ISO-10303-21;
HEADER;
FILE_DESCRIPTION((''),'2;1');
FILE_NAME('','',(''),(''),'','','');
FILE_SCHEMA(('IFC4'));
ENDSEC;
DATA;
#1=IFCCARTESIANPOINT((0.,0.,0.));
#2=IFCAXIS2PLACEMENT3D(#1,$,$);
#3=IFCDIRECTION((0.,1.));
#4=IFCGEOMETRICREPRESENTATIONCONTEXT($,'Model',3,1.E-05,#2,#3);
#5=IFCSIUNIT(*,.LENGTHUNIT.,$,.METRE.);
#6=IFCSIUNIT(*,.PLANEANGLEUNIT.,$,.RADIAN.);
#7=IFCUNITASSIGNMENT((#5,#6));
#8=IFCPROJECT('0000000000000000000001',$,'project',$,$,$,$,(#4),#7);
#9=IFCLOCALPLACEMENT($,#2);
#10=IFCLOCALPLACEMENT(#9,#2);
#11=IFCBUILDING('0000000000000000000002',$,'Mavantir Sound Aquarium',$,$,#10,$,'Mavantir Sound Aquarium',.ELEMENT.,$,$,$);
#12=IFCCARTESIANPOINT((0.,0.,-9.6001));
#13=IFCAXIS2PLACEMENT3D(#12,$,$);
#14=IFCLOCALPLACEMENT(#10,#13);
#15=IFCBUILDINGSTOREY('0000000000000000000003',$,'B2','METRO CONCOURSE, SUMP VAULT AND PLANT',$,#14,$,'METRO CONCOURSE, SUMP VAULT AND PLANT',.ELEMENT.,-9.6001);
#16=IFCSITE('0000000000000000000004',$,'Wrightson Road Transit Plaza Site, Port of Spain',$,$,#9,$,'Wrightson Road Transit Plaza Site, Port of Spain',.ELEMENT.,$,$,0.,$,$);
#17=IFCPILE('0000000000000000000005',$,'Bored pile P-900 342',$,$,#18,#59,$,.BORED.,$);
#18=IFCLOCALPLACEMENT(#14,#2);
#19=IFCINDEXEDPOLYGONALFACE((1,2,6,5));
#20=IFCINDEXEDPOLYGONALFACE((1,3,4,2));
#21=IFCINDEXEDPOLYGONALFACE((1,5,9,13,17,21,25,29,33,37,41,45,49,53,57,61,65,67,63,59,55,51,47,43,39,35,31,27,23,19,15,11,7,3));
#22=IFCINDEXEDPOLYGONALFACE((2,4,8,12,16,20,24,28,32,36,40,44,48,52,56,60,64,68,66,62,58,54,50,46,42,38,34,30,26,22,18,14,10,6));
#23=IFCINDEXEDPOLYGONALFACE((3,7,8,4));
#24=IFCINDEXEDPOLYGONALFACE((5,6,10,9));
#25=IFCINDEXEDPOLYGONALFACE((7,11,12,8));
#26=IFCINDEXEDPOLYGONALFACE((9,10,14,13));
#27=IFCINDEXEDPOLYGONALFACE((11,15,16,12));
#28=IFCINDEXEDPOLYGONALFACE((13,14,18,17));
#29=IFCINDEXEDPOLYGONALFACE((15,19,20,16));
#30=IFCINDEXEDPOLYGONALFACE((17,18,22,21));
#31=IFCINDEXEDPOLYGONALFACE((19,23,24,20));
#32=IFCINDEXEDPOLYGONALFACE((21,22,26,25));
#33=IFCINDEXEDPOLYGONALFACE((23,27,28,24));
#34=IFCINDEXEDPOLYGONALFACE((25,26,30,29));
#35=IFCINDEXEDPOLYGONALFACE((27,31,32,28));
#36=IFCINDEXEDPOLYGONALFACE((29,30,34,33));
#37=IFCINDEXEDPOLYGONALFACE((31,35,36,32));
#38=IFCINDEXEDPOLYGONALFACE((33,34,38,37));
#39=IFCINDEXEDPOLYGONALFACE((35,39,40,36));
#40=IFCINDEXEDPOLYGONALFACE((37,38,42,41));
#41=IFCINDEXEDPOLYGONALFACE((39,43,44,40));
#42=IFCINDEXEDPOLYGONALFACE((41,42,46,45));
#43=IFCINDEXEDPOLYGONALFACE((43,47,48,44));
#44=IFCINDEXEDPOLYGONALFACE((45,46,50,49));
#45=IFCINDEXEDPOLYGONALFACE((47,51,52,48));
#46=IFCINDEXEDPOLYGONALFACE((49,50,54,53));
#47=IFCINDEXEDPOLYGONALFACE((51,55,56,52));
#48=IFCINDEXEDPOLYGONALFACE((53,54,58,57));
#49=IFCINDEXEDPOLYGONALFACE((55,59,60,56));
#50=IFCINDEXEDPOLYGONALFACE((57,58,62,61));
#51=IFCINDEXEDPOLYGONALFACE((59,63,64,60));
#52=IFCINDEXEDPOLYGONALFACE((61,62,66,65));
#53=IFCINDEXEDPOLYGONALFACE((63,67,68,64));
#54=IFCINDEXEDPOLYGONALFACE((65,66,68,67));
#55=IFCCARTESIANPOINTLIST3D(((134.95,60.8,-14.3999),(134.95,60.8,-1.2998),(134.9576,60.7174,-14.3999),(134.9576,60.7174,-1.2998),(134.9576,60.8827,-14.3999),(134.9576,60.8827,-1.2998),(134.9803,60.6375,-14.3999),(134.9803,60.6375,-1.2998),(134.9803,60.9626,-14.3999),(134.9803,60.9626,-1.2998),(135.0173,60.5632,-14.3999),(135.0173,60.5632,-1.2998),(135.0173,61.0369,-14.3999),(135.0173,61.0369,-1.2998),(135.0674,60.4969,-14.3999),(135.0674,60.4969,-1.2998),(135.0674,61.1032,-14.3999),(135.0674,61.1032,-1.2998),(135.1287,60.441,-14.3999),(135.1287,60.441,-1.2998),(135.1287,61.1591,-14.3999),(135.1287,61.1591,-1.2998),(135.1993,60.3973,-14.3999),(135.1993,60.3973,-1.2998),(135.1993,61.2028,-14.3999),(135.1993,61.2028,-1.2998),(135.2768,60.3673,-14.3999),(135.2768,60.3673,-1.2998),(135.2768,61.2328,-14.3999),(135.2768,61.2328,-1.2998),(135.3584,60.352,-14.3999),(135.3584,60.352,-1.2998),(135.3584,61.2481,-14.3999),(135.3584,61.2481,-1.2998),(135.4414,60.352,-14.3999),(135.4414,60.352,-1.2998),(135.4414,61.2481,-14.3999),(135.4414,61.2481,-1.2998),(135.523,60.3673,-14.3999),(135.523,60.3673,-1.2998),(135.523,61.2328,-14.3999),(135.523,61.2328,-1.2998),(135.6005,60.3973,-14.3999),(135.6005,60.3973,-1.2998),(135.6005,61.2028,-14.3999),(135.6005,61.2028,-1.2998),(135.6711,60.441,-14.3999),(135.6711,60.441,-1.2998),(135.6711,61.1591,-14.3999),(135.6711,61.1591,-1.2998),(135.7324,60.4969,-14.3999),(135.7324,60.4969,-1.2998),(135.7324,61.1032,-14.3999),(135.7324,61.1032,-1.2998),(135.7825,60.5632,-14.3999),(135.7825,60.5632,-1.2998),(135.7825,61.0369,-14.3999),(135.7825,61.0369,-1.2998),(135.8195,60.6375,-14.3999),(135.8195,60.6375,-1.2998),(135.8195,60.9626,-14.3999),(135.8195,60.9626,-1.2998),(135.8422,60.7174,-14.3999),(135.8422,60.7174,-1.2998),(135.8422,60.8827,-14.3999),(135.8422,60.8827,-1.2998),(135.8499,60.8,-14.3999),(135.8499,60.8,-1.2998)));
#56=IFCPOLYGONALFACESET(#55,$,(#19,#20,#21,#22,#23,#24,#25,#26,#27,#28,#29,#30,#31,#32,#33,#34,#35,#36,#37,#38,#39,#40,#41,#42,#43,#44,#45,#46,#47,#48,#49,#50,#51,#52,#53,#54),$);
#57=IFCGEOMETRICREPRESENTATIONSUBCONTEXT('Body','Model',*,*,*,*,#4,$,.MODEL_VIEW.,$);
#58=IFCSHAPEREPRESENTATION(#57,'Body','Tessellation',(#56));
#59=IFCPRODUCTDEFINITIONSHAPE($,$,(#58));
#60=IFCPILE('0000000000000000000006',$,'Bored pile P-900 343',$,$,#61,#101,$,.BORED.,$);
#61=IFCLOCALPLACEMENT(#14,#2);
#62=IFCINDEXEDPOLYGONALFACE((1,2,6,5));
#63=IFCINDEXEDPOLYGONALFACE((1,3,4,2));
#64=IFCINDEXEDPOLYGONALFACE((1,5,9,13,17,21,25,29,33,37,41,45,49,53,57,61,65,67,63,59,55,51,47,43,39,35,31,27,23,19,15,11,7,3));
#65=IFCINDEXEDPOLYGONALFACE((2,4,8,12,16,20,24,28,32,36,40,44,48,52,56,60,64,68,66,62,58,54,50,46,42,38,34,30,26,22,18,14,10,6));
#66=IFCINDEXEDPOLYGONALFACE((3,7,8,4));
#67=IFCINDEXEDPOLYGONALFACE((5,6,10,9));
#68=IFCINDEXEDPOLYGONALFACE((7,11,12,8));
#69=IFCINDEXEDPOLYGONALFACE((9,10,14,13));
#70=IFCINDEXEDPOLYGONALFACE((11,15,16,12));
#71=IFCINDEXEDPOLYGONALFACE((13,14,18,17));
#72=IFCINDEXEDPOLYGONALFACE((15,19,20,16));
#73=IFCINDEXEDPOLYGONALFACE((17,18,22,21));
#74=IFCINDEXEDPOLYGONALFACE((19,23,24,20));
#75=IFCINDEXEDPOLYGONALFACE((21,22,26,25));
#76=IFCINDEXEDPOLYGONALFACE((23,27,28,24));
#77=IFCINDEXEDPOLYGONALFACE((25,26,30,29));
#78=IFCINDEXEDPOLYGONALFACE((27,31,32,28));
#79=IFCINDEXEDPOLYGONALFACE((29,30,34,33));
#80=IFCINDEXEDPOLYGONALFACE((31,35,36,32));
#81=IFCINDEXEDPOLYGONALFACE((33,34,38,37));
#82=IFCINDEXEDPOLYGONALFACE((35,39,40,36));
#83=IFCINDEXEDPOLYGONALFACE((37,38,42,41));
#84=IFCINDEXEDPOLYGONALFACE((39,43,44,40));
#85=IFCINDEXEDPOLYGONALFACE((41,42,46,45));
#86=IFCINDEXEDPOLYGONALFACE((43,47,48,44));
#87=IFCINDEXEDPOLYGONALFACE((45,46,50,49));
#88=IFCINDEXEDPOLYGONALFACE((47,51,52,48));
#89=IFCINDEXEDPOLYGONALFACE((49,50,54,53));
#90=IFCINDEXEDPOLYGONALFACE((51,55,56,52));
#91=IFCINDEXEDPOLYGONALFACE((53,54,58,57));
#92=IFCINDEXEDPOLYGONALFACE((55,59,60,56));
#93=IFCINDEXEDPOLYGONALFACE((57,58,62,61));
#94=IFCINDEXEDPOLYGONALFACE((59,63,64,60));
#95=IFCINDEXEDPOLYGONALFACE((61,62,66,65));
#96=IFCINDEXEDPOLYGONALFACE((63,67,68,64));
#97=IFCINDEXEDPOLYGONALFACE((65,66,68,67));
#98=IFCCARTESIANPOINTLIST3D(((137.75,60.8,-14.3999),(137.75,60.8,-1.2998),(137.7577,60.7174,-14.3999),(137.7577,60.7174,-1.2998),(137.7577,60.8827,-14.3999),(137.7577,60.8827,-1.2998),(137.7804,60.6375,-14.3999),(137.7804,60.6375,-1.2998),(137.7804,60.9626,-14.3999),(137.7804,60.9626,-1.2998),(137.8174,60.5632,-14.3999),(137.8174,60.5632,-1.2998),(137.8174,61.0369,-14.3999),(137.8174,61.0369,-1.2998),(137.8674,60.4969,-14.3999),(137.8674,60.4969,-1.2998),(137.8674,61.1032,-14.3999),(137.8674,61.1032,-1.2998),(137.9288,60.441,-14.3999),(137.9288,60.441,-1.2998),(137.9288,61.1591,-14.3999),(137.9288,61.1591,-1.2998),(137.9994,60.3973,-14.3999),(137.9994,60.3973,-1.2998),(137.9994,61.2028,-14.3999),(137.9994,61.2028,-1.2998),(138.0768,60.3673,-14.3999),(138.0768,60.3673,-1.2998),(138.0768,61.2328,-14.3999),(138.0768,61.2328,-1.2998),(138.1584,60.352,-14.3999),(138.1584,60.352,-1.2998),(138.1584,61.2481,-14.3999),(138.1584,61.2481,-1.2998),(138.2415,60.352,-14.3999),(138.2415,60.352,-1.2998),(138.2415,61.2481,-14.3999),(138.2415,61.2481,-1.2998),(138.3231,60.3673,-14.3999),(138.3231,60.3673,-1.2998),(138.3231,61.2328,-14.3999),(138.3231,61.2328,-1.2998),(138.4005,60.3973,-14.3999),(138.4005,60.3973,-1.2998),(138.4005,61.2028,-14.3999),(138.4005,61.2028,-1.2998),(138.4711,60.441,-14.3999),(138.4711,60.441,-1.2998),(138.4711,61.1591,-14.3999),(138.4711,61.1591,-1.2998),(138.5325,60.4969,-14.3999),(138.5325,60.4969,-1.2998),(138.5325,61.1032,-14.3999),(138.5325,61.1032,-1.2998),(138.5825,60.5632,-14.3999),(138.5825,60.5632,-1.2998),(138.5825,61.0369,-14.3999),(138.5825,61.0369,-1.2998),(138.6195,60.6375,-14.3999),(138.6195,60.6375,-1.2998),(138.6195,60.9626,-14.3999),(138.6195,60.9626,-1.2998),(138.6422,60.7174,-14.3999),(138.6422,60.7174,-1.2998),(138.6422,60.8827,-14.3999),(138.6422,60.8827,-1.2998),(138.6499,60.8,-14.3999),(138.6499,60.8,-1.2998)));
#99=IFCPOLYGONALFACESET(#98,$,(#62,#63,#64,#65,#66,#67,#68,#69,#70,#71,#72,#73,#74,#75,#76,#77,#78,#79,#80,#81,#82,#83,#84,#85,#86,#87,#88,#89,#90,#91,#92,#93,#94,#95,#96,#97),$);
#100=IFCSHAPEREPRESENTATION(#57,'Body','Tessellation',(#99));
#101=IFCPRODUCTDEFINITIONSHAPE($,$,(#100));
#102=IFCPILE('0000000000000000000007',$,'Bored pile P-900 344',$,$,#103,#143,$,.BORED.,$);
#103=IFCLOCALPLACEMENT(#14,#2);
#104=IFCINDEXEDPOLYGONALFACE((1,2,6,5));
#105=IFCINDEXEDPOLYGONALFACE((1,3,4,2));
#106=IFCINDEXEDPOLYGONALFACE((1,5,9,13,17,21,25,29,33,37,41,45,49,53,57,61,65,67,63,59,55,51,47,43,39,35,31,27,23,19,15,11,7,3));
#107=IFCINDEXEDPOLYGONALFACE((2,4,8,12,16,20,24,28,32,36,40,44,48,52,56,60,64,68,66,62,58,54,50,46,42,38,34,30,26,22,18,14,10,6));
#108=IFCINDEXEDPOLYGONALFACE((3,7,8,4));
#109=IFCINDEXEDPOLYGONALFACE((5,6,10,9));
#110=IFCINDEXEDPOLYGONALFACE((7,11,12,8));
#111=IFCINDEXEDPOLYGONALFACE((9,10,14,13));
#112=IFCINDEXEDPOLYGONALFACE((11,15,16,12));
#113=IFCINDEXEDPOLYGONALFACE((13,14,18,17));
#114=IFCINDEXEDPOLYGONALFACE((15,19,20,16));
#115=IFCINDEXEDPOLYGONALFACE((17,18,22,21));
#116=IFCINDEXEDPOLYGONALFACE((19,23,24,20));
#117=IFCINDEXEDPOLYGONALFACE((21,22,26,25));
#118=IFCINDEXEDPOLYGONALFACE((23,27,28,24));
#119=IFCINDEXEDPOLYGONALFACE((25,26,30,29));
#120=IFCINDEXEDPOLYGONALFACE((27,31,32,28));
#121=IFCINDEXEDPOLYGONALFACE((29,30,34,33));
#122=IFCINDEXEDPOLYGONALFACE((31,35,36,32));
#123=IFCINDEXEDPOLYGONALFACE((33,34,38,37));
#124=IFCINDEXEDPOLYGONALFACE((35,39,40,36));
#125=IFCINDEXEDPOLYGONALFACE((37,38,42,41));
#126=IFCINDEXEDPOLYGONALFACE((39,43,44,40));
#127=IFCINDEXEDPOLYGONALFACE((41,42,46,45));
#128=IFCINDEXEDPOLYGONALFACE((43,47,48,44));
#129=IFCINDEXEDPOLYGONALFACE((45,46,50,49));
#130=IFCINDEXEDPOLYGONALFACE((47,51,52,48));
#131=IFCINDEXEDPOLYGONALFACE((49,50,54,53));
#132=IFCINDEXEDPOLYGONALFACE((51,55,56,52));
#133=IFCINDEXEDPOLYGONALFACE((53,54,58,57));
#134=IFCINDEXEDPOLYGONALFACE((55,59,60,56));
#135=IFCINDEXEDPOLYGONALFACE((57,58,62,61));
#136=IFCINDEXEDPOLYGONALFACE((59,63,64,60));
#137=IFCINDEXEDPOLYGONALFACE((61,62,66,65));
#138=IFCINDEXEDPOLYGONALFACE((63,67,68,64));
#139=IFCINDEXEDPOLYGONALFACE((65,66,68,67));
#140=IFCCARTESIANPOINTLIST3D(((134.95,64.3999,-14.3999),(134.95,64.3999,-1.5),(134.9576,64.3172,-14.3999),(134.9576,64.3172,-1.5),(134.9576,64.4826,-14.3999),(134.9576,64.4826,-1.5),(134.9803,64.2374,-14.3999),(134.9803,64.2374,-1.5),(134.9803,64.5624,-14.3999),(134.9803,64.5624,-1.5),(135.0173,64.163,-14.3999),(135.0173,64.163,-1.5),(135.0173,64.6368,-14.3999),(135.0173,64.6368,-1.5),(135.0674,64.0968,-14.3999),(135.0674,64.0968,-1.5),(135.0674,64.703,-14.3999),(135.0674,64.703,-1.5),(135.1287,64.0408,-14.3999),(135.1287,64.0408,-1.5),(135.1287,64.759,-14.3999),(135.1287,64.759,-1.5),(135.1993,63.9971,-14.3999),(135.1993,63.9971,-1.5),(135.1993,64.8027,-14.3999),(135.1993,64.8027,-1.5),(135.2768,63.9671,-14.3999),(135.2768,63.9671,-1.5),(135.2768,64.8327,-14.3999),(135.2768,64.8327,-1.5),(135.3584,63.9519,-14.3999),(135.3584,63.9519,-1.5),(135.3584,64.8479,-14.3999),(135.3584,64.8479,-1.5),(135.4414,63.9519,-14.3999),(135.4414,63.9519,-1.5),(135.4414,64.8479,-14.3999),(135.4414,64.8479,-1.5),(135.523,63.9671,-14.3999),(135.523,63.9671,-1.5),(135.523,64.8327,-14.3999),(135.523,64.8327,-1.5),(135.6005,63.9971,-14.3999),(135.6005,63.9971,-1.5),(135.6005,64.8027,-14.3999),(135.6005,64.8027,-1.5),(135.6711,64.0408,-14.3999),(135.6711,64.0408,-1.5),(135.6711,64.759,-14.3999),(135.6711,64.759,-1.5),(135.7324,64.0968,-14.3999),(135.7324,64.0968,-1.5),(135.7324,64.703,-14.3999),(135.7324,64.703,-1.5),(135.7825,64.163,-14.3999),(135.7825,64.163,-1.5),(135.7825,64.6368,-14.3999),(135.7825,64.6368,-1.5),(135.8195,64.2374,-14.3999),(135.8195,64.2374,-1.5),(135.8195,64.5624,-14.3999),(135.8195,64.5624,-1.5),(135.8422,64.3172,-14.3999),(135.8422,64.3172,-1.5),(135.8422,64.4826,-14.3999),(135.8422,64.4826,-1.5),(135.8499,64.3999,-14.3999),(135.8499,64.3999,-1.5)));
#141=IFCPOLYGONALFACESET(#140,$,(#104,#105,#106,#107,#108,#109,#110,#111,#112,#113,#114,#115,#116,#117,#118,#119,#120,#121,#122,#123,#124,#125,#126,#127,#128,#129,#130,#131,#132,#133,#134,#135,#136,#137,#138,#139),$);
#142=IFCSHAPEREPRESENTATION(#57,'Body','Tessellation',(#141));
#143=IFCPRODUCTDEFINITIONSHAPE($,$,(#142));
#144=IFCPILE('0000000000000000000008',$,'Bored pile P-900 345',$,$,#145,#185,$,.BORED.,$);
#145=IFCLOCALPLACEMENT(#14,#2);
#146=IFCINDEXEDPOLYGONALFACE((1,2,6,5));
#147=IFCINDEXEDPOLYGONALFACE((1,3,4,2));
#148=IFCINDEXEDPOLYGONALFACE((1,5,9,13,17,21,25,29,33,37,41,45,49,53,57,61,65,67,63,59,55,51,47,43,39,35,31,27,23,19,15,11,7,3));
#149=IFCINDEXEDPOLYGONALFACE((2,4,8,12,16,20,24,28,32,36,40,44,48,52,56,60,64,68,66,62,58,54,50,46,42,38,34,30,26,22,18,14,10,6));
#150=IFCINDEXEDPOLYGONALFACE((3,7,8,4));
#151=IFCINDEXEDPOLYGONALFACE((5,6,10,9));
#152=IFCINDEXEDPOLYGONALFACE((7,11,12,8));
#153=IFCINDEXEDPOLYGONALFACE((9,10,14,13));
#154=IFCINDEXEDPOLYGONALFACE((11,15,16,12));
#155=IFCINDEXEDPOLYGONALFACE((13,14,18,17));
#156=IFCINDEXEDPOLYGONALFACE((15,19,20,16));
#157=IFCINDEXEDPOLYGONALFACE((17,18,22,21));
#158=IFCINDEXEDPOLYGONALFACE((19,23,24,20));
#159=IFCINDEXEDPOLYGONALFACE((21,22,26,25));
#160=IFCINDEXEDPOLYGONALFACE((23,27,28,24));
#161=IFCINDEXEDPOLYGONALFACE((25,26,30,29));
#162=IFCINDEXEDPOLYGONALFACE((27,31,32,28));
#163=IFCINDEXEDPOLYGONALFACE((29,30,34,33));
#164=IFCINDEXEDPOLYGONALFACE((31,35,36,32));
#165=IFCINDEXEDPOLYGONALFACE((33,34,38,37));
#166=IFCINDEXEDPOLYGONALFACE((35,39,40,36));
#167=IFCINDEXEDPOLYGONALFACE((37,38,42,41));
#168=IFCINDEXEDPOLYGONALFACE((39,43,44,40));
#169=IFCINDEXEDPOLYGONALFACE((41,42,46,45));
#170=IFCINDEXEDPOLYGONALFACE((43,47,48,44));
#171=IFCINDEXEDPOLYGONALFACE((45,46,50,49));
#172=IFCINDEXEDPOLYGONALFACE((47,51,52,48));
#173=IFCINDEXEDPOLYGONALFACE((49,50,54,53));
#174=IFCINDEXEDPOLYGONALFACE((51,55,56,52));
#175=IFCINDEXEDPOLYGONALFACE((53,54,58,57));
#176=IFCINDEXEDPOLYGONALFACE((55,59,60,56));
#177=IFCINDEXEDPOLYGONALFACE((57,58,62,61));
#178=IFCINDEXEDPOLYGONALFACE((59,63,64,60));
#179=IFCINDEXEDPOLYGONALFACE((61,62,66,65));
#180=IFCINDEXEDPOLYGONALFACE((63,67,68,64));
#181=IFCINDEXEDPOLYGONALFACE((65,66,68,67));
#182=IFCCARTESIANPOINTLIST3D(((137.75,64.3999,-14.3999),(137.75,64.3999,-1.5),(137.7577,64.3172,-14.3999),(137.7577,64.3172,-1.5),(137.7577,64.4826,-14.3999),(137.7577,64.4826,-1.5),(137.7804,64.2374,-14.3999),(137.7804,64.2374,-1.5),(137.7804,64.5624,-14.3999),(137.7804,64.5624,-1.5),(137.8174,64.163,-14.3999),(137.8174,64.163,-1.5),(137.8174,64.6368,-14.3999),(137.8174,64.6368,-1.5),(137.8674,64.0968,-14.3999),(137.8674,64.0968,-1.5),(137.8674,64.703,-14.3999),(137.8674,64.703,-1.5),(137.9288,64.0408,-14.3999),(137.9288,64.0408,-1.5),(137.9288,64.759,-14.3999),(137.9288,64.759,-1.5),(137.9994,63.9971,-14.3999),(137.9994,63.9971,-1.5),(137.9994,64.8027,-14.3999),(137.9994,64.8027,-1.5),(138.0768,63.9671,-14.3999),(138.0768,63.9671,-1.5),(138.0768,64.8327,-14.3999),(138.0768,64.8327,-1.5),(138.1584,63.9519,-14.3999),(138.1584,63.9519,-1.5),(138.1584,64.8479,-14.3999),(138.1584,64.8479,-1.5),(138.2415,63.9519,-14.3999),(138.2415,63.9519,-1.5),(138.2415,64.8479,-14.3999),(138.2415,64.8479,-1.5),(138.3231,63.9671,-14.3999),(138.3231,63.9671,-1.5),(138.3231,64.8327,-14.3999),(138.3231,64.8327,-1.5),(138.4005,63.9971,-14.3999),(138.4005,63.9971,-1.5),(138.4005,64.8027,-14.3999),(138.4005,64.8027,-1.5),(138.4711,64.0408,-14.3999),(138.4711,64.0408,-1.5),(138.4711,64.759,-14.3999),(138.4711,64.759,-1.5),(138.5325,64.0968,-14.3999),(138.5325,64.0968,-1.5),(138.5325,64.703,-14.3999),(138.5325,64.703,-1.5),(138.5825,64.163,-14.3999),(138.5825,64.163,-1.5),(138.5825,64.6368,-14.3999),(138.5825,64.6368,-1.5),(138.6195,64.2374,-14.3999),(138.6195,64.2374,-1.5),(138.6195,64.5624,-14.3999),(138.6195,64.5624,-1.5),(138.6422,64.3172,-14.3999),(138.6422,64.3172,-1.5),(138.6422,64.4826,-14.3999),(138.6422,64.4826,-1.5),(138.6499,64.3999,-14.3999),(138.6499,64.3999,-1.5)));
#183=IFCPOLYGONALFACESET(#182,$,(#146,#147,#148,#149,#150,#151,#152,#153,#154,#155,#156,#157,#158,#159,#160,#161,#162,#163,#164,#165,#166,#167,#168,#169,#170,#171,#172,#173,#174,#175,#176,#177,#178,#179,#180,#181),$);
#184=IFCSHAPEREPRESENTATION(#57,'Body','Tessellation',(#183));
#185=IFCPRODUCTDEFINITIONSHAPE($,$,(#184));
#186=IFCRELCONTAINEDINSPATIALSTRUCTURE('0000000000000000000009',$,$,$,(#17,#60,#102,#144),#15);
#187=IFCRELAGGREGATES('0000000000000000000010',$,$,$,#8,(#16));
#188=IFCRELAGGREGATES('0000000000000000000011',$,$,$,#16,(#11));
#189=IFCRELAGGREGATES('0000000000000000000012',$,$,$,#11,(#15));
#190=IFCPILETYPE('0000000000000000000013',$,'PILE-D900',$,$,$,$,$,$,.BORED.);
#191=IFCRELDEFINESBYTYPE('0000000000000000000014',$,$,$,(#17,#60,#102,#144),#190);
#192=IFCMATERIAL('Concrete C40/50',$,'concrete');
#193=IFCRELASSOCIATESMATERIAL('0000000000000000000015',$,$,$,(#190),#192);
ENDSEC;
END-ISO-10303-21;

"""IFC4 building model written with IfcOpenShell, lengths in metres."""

from ifc_helpers import new_model, si_unit, direction, frame, origin, origin_2d, place, context, subcontext, project, spatial, circle, extrude, material, material_profile, profile_set, type_object, element, save


model = new_model("IFC4")

# Units and contexts
model_context = context("Model", 3, precision=1e-05, world=origin(), true_north=direction((0.0, 1.0)))
body_context = subcontext(model_context, "Body", "Model", "MODEL_VIEW")
ifc_project = project(units=[si_unit("LENGTHUNIT", "METRE"), si_unit("PLANEANGLEUNIT", "RADIAN")], contexts=[model_context])

# Site, building, storey
site_placement = place(None, origin())
site = spatial("IfcSite", under=ifc_project, at=site_placement, Name="Wrightson Road Transit Plaza Site, Port of Spain", LongName="Wrightson Road Transit Plaza Site, Port of Spain", CompositionType="ELEMENT", RefElevation=0.0)
building_placement = place(site_placement, origin())
building = spatial("IfcBuilding", under=site, at=building_placement, Name="Mavantir Sound Aquarium", LongName="Mavantir Sound Aquarium", CompositionType="ELEMENT")
storey_placement = place(building_placement, frame((0.0, 0.0, -9.6001)))
storey = spatial("IfcBuildingStorey", under=building, at=storey_placement, Name="B2", Description="METRO CONCOURSE, SUMP VAULT AND PLANT", LongName="METRO CONCOURSE, SUMP VAULT AND PLANT", CompositionType="ELEMENT", Elevation=-9.6001)

# Shared definitions
ifc_material = material(Name="Concrete C40/50", Category="concrete")

# Piles
ifc_material_profile_1 = material_profile(ifc_material, circle(Radius=0.45, at=origin_2d()), Name="PILE D900")
ifc_profile_set_1 = profile_set([ifc_material_profile_1], Name="Concrete C40/50")
pile_type = type_object("IfcPileType", Name="PILE-D900", PredefinedType="BORED", material=ifc_profile_set_1)
for number, where, z_axis, x_axis, name in (
    (1, (135.3999, 60.8, -1.2998), (0.0, 0.0, -1.0), (1.0, 0.0, 0.0), "Bored pile P-900 342"),
    (2, (138.2, 60.8, -1.2998), (0.0, 0.0, -1.0), (1.0, 0.0, 0.0), "Bored pile P-900 343"),
):
    element("IfcPile", number, at=place(storey_placement, frame(where, z_axis=z_axis, x_axis=x_axis)), inside=storey, type_object=pile_type, Name=name, PredefinedType="BORED", context=body_context, shape_type="SweptSolid", body=[
        extrude(circle(Radius=0.45, at=origin_2d()), origin(), (0.0, 0.0, 1.0), 13.1001),
    ])
for number, where, z_axis, x_axis, name in (
    (3, (135.3999, 64.3999, -1.5), (0.0, 0.0, -1.0), (1.0, 0.0, 0.0), "Bored pile P-900 344"),
    (4, (138.2, 64.3999, -1.5), (0.0, 0.0, -1.0), (1.0, 0.0, 0.0), "Bored pile P-900 345"),
):
    element("IfcPile", number, at=place(storey_placement, frame(where, z_axis=z_axis, x_axis=x_axis)), inside=storey, type_object=pile_type, Name=name, PredefinedType="BORED", context=body_context, shape_type="SweptSolid", body=[
        extrude(circle(Radius=0.45, at=origin_2d()), origin(), (0.0, 0.0, 1.0), 12.8999),
    ])

save(model, "model.ifc")
